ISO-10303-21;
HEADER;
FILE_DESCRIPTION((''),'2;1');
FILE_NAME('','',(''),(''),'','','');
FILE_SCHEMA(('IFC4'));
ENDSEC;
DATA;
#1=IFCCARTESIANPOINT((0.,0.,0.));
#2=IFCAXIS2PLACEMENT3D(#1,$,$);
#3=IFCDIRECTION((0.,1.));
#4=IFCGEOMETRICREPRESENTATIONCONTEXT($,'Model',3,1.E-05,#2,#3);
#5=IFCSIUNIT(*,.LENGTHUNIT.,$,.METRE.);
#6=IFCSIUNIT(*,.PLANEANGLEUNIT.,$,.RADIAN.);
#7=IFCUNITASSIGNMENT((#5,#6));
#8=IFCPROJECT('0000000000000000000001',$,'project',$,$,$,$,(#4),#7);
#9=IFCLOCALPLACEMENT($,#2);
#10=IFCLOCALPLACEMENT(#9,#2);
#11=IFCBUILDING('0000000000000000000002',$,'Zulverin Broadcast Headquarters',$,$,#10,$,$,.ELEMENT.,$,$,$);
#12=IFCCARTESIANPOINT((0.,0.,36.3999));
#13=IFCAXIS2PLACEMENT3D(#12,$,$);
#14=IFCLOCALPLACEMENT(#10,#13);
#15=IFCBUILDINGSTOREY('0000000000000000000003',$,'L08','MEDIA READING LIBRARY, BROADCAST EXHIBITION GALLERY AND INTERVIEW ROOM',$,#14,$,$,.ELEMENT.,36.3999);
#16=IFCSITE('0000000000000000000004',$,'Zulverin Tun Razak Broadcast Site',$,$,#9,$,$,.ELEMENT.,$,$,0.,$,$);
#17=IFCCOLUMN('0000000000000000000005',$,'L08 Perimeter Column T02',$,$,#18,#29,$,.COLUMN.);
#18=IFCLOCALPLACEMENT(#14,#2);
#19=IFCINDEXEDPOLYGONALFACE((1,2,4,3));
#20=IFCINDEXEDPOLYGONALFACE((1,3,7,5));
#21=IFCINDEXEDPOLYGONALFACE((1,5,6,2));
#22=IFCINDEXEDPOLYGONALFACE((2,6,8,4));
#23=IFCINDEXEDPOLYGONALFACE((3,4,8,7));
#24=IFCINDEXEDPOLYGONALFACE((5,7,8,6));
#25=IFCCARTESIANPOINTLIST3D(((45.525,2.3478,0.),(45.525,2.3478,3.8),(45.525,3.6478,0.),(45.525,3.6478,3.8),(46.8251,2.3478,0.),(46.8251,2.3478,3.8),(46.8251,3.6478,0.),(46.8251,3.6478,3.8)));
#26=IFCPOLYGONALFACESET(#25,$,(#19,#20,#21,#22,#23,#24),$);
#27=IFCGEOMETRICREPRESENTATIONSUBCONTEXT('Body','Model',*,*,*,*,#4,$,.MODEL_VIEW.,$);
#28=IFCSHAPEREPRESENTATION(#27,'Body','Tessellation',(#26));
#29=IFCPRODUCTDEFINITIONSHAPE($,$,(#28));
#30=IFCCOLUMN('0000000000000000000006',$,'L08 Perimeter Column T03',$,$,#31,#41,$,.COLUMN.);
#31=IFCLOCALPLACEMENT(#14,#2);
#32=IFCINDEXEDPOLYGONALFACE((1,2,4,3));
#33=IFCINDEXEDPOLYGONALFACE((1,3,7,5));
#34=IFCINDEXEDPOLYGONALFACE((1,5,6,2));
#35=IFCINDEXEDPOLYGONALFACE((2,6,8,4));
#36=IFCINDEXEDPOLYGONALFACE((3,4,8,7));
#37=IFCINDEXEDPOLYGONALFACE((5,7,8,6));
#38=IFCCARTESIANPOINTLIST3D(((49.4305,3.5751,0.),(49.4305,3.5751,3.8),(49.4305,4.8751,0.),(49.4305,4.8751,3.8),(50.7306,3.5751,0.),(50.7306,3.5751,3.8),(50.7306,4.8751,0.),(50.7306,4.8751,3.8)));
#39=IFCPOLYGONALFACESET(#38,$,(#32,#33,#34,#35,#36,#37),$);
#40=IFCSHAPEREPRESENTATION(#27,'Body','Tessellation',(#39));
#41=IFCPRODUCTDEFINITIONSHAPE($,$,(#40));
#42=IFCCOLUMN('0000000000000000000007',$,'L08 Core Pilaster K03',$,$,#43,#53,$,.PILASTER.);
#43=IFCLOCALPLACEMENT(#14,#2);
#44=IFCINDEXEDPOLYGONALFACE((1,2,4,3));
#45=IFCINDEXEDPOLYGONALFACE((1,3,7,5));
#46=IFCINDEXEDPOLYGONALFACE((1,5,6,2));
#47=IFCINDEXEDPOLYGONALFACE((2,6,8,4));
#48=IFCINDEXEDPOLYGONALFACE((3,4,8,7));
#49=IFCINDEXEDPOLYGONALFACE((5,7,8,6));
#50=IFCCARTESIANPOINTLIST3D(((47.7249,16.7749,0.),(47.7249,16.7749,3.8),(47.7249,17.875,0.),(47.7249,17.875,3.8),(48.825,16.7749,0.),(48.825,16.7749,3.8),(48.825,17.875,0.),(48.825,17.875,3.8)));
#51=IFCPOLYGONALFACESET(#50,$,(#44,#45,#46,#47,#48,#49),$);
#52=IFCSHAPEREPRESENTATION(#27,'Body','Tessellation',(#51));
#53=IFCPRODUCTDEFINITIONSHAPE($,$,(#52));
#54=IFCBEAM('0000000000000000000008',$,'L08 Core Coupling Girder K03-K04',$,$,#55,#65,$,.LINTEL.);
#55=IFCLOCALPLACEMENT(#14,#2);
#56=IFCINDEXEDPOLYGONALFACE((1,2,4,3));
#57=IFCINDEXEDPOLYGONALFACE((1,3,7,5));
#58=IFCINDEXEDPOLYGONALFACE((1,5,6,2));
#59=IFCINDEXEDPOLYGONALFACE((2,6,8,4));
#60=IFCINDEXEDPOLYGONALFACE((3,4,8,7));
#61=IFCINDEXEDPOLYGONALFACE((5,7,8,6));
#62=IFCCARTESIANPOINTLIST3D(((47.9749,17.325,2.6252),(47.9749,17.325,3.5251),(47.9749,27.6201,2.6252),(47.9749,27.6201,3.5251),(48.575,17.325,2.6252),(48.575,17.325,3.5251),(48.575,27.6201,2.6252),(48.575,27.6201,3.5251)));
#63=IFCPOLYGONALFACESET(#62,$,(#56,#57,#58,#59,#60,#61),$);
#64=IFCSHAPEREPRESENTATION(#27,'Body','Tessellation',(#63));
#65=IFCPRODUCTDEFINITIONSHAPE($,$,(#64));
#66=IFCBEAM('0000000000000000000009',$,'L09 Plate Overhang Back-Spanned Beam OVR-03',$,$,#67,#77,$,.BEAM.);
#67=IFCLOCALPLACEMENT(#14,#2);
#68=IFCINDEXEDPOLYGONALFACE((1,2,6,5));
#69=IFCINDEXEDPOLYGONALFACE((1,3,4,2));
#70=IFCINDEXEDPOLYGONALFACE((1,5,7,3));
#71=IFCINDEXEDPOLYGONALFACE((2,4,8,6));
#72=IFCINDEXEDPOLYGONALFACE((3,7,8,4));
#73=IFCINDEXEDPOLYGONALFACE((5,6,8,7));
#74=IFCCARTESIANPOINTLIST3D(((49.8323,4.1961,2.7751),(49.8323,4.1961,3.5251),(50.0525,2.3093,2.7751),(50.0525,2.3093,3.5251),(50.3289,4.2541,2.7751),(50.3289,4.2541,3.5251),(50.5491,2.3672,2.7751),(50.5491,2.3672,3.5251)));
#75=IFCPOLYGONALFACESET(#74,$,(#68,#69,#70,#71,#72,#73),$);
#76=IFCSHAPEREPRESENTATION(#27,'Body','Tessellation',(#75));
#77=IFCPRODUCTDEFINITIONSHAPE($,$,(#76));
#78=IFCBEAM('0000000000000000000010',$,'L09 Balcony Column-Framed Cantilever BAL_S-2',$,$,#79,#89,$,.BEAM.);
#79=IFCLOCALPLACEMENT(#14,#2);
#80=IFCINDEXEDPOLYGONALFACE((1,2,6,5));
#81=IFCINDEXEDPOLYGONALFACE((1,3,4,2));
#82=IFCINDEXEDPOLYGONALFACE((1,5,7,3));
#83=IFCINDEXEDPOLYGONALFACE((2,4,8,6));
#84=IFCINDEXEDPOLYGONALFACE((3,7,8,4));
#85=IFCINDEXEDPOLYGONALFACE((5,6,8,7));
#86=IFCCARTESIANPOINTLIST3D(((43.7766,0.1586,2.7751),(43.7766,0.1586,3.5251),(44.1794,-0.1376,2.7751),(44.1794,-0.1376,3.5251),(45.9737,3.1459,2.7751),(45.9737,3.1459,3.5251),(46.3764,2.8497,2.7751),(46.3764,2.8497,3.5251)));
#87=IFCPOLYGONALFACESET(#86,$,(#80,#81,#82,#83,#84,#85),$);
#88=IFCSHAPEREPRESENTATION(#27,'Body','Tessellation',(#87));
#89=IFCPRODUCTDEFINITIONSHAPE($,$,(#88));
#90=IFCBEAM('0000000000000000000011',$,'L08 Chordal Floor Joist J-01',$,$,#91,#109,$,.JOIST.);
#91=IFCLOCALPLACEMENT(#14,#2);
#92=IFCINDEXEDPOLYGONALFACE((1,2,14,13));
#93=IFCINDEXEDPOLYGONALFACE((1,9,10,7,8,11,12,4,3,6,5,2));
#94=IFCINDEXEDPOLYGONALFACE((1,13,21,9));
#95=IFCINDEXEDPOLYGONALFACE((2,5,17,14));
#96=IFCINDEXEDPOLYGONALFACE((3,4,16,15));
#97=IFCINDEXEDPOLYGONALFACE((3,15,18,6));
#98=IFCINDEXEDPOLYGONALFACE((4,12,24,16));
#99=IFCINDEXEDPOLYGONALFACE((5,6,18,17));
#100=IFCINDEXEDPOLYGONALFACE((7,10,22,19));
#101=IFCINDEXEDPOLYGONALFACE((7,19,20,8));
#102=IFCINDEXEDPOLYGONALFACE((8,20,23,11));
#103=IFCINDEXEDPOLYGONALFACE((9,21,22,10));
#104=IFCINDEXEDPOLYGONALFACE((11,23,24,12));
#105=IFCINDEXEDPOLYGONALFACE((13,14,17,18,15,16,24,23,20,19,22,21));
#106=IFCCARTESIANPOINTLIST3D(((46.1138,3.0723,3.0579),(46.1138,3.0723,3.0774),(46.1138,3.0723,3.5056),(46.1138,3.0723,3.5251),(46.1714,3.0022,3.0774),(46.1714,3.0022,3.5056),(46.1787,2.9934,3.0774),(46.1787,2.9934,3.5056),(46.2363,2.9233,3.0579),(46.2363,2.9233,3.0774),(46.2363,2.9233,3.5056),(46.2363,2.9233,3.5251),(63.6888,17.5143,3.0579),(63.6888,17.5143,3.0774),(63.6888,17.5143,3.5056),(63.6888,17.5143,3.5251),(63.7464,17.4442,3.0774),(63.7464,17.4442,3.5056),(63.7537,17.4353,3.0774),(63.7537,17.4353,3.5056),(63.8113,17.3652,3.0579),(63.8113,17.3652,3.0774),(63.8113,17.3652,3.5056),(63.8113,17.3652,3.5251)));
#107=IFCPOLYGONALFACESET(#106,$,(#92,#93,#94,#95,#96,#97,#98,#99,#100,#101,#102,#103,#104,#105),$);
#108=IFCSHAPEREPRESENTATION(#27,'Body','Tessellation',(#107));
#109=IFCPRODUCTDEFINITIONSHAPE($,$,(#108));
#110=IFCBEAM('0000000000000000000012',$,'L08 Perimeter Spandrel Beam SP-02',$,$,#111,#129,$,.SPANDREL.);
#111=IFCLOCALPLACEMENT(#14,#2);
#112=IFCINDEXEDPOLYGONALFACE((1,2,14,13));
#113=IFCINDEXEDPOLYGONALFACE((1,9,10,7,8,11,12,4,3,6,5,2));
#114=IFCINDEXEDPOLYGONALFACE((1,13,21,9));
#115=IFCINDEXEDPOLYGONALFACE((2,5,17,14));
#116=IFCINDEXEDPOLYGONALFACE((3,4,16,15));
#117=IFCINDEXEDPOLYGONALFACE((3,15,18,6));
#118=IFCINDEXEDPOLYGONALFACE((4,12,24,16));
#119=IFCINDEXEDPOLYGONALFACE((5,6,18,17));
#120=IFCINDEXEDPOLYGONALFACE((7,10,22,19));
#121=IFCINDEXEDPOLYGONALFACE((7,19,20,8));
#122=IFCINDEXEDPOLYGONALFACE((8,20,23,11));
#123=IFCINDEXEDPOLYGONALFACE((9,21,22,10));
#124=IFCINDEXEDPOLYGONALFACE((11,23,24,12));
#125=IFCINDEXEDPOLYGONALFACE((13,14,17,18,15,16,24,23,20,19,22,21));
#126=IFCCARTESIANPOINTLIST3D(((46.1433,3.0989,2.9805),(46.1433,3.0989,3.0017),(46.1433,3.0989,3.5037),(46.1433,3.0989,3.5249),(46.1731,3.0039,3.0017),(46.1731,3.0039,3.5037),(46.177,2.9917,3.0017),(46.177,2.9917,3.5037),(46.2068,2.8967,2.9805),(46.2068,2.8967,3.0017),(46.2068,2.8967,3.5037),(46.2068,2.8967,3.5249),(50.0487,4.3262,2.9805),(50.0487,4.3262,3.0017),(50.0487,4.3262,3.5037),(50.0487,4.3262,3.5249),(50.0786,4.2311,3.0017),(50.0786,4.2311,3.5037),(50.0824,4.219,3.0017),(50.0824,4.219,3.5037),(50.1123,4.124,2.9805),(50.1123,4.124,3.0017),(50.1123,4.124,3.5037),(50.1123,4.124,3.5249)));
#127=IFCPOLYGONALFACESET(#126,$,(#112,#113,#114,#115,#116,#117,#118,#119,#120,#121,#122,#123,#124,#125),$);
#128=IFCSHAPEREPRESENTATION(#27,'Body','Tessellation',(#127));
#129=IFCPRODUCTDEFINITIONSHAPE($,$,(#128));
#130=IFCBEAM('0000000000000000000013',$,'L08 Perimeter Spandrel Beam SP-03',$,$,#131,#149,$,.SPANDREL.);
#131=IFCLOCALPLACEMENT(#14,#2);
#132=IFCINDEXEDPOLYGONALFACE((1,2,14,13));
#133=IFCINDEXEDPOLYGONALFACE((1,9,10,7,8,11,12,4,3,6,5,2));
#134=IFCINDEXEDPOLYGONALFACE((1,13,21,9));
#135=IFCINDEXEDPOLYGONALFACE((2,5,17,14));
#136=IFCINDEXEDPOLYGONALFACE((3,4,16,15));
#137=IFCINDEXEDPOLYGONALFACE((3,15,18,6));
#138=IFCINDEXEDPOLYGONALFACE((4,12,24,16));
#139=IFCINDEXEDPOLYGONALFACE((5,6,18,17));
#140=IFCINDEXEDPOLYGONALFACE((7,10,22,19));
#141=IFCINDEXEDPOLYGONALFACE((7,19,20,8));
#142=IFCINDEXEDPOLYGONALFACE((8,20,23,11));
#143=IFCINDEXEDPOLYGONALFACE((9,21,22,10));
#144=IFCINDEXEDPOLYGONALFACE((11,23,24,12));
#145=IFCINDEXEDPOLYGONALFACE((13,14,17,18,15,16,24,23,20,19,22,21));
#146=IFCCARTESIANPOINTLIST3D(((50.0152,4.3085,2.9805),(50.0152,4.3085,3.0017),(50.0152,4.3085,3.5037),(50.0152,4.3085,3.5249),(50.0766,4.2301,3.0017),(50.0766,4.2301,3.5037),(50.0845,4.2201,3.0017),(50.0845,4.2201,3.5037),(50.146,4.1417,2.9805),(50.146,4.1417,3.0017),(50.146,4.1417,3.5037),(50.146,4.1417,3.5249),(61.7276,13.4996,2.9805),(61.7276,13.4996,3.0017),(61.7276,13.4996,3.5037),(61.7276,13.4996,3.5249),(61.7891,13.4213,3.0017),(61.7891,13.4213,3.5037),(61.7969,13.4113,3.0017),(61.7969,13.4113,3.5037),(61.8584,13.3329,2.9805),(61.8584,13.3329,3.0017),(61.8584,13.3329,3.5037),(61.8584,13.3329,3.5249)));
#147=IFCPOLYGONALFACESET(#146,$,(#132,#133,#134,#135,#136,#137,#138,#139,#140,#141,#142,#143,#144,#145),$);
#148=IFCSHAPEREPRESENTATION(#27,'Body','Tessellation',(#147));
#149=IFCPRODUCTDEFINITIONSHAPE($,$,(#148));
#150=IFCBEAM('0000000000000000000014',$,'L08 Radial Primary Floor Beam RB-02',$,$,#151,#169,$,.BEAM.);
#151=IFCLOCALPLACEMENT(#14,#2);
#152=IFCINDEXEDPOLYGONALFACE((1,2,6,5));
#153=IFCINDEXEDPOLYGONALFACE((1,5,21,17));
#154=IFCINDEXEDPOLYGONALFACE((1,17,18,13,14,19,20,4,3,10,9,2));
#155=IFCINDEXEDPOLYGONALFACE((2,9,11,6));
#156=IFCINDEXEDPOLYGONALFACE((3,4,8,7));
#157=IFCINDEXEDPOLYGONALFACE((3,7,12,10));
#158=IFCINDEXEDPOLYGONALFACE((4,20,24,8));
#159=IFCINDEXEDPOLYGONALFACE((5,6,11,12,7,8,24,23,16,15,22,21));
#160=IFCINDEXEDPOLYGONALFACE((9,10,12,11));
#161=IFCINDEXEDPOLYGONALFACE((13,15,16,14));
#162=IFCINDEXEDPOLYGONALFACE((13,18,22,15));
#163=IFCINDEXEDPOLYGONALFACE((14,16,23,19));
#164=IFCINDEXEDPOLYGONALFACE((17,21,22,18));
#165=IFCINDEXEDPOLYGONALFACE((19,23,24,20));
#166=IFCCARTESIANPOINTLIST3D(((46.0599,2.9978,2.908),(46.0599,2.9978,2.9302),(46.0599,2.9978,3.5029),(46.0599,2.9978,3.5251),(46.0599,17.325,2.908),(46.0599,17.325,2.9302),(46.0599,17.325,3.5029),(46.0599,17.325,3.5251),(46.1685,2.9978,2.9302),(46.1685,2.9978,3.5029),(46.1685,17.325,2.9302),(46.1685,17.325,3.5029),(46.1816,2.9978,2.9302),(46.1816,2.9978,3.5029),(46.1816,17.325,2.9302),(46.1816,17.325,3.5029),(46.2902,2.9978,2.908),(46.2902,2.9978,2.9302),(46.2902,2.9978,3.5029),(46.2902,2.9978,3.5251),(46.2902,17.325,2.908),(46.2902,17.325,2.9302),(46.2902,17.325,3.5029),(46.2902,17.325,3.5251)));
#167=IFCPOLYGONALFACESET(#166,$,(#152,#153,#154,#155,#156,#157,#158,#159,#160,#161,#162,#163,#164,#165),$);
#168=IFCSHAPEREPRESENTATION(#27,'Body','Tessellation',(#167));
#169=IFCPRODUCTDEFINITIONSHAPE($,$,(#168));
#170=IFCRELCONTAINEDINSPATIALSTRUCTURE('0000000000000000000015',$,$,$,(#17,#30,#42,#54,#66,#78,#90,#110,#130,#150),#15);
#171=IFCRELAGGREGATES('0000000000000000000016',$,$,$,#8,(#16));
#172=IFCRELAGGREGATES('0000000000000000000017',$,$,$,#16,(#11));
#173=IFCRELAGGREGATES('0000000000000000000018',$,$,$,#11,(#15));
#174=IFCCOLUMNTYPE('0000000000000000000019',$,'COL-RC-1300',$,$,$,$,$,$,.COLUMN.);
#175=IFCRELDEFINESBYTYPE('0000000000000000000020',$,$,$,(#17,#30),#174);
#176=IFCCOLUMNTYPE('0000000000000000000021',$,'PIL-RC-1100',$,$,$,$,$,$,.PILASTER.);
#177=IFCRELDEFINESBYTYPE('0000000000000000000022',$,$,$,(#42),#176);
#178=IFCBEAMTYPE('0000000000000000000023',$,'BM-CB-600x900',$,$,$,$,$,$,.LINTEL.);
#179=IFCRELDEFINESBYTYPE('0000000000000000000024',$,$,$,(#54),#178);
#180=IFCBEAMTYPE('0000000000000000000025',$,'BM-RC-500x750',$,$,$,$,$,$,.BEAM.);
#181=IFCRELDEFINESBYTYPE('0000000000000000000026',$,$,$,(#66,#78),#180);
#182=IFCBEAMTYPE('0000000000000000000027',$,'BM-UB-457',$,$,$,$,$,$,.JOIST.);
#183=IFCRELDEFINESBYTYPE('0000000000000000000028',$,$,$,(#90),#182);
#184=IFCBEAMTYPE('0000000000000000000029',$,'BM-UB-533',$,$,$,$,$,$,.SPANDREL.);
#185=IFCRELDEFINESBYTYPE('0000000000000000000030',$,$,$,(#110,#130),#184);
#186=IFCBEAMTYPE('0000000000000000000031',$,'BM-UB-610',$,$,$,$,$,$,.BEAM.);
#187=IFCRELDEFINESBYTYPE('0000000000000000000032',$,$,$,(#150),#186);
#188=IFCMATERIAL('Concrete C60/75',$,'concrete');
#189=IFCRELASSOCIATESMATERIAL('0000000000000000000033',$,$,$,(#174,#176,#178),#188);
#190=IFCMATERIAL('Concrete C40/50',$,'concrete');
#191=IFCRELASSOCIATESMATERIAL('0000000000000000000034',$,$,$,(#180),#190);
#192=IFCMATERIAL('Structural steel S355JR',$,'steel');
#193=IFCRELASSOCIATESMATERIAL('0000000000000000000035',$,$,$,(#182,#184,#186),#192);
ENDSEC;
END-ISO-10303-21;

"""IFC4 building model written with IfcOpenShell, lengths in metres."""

from ifc_helpers import new_model, si_unit, direction, frame, origin, origin_2d, place, context, subcontext, project, spatial, rectangle, i_section, extrude, material, material_profile, profile_set, type_object, element, save


model = new_model("IFC4")

# Units and contexts
model_context = context("Model", 3, precision=1e-05, world=origin(), true_north=direction((0.0, 1.0)))
body_context = subcontext(model_context, "Body", "Model", "MODEL_VIEW")
ifc_project = project(units=[si_unit("LENGTHUNIT", "METRE"), si_unit("PLANEANGLEUNIT", "RADIAN")], contexts=[model_context])

# Site, building, storey
site_placement = place(None, origin())
site = spatial("IfcSite", under=ifc_project, at=site_placement, Name="Zulverin Tun Razak Broadcast Site", CompositionType="ELEMENT", RefElevation=0.0)
building_placement = place(site_placement, origin())
building = spatial("IfcBuilding", under=site, at=building_placement, Name="Zulverin Broadcast Headquarters", CompositionType="ELEMENT")
storey_placement = place(building_placement, frame((0.0, 0.0, 36.3999)))
storey = spatial("IfcBuildingStorey", under=building, at=storey_placement, Name="L08", Description="MEDIA READING LIBRARY, BROADCAST EXHIBITION GALLERY AND INTERVIEW ROOM", CompositionType="ELEMENT", Elevation=36.3999)

# Columns
ifc_material_1 = material(Name="Concrete C60/75", Category="concrete")
ifc_material_profile_1 = material_profile(ifc_material_1, rectangle(XDim=1.3, YDim=1.3, at=origin_2d()), Name="Concrete C60/75", Category="concrete")
ifc_profile_set_1 = profile_set([ifc_material_profile_1], Name="Concrete C60/75")
column_type_1 = type_object("IfcColumnType", Name="COL-RC-1300", PredefinedType="COLUMN", material=ifc_profile_set_1)
for number, where, z_axis, x_axis, name in (
    (1, (46.175, 2.9978, 0.0), (0.0, 0.0, 1.0), (1.0, 0.0, 0.0), "L08 Perimeter Column T02"),
    (2, (50.0806, 4.2251, 0.0), (0.0, 0.0, 1.0), (1.0, 0.0, 0.0), "L08 Perimeter Column T03"),
):
    element("IfcColumn", number, at=place(storey_placement, frame(where, z_axis=z_axis, x_axis=x_axis)), inside=storey, type_object=column_type_1, Name=name, PredefinedType="COLUMN", context=body_context, shape_type="SweptSolid", body=[
        extrude(rectangle(XDim=1.3, YDim=1.3, at=origin_2d()), origin(), (0.0, 0.0, 1.0), 3.8),
    ])
ifc_material_profile_2 = material_profile(ifc_material_1, rectangle(XDim=1.1001, YDim=1.1001, at=origin_2d()), Name="Concrete C60/75", Category="concrete")
ifc_profile_set_2 = profile_set([ifc_material_profile_2], Name="Concrete C60/75")
column_type_2 = type_object("IfcColumnType", Name="PIL-RC-1100", PredefinedType="PILASTER", material=ifc_profile_set_2)
column_placement = place(storey_placement, frame((48.2749, 17.325, 0.0), z_axis=(0.0, 0.0, 1.0), x_axis=(1.0, 0.0, 0.0)))
element("IfcColumn", 3, at=column_placement, inside=storey, type_object=column_type_2, Name="L08 Core Pilaster K03", PredefinedType="PILASTER", context=body_context, shape_type="SweptSolid", body=[
    extrude(rectangle(XDim=1.1001, YDim=1.1001, at=origin_2d()), origin(), (0.0, 0.0, 1.0), 3.8),
])

# Beams
ifc_material_profile_3 = material_profile(ifc_material_1, rectangle(XDim=0.6001, YDim=0.8999, at=origin_2d()), Name="Concrete C60/75", Category="concrete")
ifc_profile_set_3 = profile_set([ifc_material_profile_3], Name="Concrete C60/75")
beam_type_1 = type_object("IfcBeamType", Name="BM-CB-600x900", PredefinedType="LINTEL", material=ifc_profile_set_3)
beam_1_placement = place(storey_placement, frame((48.2749, 17.325, 3.0752), z_axis=(0.0, 1.0, 0.0), x_axis=(-1.0, 0.0, 0.0)))
element("IfcBeam", 4, at=beam_1_placement, inside=storey, type_object=beam_type_1, Name="L08 Core Coupling Girder K03-K04", PredefinedType="LINTEL", context=body_context, shape_type="SweptSolid", body=[
    extrude(rectangle(XDim=0.6001, YDim=0.8999, at=origin_2d()), origin(), (0.0, 0.0, 1.0), 10.2952),
])
ifc_material_2 = material(Name="Concrete C40/50", Category="concrete")
ifc_material_profile_4 = material_profile(ifc_material_2, rectangle(XDim=0.5, YDim=0.75, at=origin_2d()), Name="Concrete C40/50", Category="concrete")
ifc_profile_set_4 = profile_set([ifc_material_profile_4], Name="Concrete C40/50")
beam_type_2 = type_object("IfcBeamType", Name="BM-RC-500x750", PredefinedType="BEAM", material=ifc_profile_set_4)
beam_2_placement = place(storey_placement, frame((50.0806, 4.2251, 3.1501), z_axis=(0.115917, -0.993259, 0.0), x_axis=(0.993259, 0.115917, 0.0)))
element("IfcBeam", 5, at=beam_2_placement, inside=storey, type_object=beam_type_2, Name="L09 Plate Overhang Back-Spanned Beam OVR-03", PredefinedType="BEAM", context=body_context, shape_type="SweptSolid", body=[
    extrude(rectangle(XDim=0.5, YDim=0.75, at=origin_2d()), origin(), (0.0, 0.0, 1.0), 1.8997),
])
beam_3_placement = place(storey_placement, frame((46.175, 2.9978, 3.1501), z_axis=(-0.592473, -0.80559, 0.0), x_axis=(0.80559, -0.592473, 0.0)))
element("IfcBeam", 6, at=beam_3_placement, inside=storey, type_object=beam_type_2, Name="L09 Balcony Column-Framed Cantilever BAL_S-2", PredefinedType="BEAM", context=body_context, shape_type="SweptSolid", body=[
    extrude(rectangle(XDim=0.5, YDim=0.75, at=origin_2d()), origin(), (0.0, 0.0, 1.0), 3.7083),
])
ifc_material_3 = material(Name="Structural steel S355JR", Category="steel")
ifc_material_profile_5 = material_profile(ifc_material_3, i_section(OverallWidth=0.1929, OverallDepth=0.4673, WebThickness=0.0115, FlangeThickness=0.0195, at=origin_2d()), Name="Structural steel S355JR", Category="steel")
ifc_profile_set_5 = profile_set([ifc_material_profile_5], Name="Structural steel S355JR")
beam_type_3 = type_object("IfcBeamType", Name="BM-UB-457", PredefinedType="JOIST", material=ifc_profile_set_5)
beam_4_placement = place(storey_placement, frame((46.175, 2.9978, 3.2915), z_axis=(0.772611, 0.634879, 0.0), x_axis=(-0.634879, 0.772611, 0.0)))
element("IfcBeam", 7, at=beam_4_placement, inside=storey, type_object=beam_type_3, Name="L08 Chordal Floor Joist J-01", PredefinedType="JOIST", context=body_context, shape_type="SweptSolid", body=[
    extrude(i_section(OverallWidth=0.1929, OverallDepth=0.4673, WebThickness=0.0115, FlangeThickness=0.0195, at=origin_2d()), origin(), (0.0, 0.0, 1.0), 22.7476),
])
ifc_material_profile_6 = material_profile(ifc_material_3, i_section(OverallWidth=0.2119, OverallDepth=0.5444, WebThickness=0.0127, FlangeThickness=0.0212, at=origin_2d()), Name="Structural steel S355JR", Category="steel")
ifc_profile_set_6 = profile_set([ifc_material_profile_6], Name="Structural steel S355JR")
beam_type_4 = type_object("IfcBeamType", Name="BM-UB-533", PredefinedType="SPANDREL", material=ifc_profile_set_6)
beam_5_placement = place(storey_placement, frame((46.175, 2.9978, 3.2527), z_axis=(0.954004, 0.299792, 0.0), x_axis=(-0.299792, 0.954004, 0.0)))
element("IfcBeam", 8, at=beam_5_placement, inside=storey, type_object=beam_type_4, Name="L08 Perimeter Spandrel Beam SP-02", PredefinedType="SPANDREL", context=body_context, shape_type="SweptSolid", body=[
    extrude(i_section(OverallWidth=0.2119, OverallDepth=0.5444, WebThickness=0.0127, FlangeThickness=0.0212, at=origin_2d()), origin(), (0.0, 0.0, 1.0), 4.0938),
])
beam_6_placement = place(storey_placement, frame((50.0806, 4.2251, 3.2527), z_axis=(0.786691, 0.617346, 0.0), x_axis=(-0.617346, 0.786691, 0.0)))
element("IfcBeam", 9, at=beam_6_placement, inside=storey, type_object=beam_type_4, Name="L08 Perimeter Spandrel Beam SP-03", PredefinedType="SPANDREL", context=body_context, shape_type="SweptSolid", body=[
    extrude(i_section(OverallWidth=0.2119, OverallDepth=0.5444, WebThickness=0.0127, FlangeThickness=0.0212, at=origin_2d()), origin(), (0.0, 0.0, 1.0), 14.8882),
])
ifc_material_profile_7 = material_profile(ifc_material_3, i_section(OverallWidth=0.2302, OverallDepth=0.6172, WebThickness=0.0132, FlangeThickness=0.0222, at=origin_2d()), Name="Structural steel S355JR", Category="steel")
ifc_profile_set_7 = profile_set([ifc_material_profile_7], Name="Structural steel S355JR")
beam_type_5 = type_object("IfcBeamType", Name="BM-UB-610", PredefinedType="BEAM", material=ifc_profile_set_7)
beam_7_placement = place(storey_placement, frame((46.175, 17.325, 3.2166), z_axis=(0.0, -1.0, 0.0), x_axis=(1.0, 0.0, 0.0)))
element("IfcBeam", 10, at=beam_7_placement, inside=storey, type_object=beam_type_5, Name="L08 Radial Primary Floor Beam RB-02", PredefinedType="BEAM", context=body_context, shape_type="SweptSolid", body=[
    extrude(i_section(OverallWidth=0.2302, OverallDepth=0.6172, WebThickness=0.0132, FlangeThickness=0.0222, at=origin_2d()), origin(), (0.0, 0.0, 1.0), 14.3271),
])

save(model, "model.ifc")
